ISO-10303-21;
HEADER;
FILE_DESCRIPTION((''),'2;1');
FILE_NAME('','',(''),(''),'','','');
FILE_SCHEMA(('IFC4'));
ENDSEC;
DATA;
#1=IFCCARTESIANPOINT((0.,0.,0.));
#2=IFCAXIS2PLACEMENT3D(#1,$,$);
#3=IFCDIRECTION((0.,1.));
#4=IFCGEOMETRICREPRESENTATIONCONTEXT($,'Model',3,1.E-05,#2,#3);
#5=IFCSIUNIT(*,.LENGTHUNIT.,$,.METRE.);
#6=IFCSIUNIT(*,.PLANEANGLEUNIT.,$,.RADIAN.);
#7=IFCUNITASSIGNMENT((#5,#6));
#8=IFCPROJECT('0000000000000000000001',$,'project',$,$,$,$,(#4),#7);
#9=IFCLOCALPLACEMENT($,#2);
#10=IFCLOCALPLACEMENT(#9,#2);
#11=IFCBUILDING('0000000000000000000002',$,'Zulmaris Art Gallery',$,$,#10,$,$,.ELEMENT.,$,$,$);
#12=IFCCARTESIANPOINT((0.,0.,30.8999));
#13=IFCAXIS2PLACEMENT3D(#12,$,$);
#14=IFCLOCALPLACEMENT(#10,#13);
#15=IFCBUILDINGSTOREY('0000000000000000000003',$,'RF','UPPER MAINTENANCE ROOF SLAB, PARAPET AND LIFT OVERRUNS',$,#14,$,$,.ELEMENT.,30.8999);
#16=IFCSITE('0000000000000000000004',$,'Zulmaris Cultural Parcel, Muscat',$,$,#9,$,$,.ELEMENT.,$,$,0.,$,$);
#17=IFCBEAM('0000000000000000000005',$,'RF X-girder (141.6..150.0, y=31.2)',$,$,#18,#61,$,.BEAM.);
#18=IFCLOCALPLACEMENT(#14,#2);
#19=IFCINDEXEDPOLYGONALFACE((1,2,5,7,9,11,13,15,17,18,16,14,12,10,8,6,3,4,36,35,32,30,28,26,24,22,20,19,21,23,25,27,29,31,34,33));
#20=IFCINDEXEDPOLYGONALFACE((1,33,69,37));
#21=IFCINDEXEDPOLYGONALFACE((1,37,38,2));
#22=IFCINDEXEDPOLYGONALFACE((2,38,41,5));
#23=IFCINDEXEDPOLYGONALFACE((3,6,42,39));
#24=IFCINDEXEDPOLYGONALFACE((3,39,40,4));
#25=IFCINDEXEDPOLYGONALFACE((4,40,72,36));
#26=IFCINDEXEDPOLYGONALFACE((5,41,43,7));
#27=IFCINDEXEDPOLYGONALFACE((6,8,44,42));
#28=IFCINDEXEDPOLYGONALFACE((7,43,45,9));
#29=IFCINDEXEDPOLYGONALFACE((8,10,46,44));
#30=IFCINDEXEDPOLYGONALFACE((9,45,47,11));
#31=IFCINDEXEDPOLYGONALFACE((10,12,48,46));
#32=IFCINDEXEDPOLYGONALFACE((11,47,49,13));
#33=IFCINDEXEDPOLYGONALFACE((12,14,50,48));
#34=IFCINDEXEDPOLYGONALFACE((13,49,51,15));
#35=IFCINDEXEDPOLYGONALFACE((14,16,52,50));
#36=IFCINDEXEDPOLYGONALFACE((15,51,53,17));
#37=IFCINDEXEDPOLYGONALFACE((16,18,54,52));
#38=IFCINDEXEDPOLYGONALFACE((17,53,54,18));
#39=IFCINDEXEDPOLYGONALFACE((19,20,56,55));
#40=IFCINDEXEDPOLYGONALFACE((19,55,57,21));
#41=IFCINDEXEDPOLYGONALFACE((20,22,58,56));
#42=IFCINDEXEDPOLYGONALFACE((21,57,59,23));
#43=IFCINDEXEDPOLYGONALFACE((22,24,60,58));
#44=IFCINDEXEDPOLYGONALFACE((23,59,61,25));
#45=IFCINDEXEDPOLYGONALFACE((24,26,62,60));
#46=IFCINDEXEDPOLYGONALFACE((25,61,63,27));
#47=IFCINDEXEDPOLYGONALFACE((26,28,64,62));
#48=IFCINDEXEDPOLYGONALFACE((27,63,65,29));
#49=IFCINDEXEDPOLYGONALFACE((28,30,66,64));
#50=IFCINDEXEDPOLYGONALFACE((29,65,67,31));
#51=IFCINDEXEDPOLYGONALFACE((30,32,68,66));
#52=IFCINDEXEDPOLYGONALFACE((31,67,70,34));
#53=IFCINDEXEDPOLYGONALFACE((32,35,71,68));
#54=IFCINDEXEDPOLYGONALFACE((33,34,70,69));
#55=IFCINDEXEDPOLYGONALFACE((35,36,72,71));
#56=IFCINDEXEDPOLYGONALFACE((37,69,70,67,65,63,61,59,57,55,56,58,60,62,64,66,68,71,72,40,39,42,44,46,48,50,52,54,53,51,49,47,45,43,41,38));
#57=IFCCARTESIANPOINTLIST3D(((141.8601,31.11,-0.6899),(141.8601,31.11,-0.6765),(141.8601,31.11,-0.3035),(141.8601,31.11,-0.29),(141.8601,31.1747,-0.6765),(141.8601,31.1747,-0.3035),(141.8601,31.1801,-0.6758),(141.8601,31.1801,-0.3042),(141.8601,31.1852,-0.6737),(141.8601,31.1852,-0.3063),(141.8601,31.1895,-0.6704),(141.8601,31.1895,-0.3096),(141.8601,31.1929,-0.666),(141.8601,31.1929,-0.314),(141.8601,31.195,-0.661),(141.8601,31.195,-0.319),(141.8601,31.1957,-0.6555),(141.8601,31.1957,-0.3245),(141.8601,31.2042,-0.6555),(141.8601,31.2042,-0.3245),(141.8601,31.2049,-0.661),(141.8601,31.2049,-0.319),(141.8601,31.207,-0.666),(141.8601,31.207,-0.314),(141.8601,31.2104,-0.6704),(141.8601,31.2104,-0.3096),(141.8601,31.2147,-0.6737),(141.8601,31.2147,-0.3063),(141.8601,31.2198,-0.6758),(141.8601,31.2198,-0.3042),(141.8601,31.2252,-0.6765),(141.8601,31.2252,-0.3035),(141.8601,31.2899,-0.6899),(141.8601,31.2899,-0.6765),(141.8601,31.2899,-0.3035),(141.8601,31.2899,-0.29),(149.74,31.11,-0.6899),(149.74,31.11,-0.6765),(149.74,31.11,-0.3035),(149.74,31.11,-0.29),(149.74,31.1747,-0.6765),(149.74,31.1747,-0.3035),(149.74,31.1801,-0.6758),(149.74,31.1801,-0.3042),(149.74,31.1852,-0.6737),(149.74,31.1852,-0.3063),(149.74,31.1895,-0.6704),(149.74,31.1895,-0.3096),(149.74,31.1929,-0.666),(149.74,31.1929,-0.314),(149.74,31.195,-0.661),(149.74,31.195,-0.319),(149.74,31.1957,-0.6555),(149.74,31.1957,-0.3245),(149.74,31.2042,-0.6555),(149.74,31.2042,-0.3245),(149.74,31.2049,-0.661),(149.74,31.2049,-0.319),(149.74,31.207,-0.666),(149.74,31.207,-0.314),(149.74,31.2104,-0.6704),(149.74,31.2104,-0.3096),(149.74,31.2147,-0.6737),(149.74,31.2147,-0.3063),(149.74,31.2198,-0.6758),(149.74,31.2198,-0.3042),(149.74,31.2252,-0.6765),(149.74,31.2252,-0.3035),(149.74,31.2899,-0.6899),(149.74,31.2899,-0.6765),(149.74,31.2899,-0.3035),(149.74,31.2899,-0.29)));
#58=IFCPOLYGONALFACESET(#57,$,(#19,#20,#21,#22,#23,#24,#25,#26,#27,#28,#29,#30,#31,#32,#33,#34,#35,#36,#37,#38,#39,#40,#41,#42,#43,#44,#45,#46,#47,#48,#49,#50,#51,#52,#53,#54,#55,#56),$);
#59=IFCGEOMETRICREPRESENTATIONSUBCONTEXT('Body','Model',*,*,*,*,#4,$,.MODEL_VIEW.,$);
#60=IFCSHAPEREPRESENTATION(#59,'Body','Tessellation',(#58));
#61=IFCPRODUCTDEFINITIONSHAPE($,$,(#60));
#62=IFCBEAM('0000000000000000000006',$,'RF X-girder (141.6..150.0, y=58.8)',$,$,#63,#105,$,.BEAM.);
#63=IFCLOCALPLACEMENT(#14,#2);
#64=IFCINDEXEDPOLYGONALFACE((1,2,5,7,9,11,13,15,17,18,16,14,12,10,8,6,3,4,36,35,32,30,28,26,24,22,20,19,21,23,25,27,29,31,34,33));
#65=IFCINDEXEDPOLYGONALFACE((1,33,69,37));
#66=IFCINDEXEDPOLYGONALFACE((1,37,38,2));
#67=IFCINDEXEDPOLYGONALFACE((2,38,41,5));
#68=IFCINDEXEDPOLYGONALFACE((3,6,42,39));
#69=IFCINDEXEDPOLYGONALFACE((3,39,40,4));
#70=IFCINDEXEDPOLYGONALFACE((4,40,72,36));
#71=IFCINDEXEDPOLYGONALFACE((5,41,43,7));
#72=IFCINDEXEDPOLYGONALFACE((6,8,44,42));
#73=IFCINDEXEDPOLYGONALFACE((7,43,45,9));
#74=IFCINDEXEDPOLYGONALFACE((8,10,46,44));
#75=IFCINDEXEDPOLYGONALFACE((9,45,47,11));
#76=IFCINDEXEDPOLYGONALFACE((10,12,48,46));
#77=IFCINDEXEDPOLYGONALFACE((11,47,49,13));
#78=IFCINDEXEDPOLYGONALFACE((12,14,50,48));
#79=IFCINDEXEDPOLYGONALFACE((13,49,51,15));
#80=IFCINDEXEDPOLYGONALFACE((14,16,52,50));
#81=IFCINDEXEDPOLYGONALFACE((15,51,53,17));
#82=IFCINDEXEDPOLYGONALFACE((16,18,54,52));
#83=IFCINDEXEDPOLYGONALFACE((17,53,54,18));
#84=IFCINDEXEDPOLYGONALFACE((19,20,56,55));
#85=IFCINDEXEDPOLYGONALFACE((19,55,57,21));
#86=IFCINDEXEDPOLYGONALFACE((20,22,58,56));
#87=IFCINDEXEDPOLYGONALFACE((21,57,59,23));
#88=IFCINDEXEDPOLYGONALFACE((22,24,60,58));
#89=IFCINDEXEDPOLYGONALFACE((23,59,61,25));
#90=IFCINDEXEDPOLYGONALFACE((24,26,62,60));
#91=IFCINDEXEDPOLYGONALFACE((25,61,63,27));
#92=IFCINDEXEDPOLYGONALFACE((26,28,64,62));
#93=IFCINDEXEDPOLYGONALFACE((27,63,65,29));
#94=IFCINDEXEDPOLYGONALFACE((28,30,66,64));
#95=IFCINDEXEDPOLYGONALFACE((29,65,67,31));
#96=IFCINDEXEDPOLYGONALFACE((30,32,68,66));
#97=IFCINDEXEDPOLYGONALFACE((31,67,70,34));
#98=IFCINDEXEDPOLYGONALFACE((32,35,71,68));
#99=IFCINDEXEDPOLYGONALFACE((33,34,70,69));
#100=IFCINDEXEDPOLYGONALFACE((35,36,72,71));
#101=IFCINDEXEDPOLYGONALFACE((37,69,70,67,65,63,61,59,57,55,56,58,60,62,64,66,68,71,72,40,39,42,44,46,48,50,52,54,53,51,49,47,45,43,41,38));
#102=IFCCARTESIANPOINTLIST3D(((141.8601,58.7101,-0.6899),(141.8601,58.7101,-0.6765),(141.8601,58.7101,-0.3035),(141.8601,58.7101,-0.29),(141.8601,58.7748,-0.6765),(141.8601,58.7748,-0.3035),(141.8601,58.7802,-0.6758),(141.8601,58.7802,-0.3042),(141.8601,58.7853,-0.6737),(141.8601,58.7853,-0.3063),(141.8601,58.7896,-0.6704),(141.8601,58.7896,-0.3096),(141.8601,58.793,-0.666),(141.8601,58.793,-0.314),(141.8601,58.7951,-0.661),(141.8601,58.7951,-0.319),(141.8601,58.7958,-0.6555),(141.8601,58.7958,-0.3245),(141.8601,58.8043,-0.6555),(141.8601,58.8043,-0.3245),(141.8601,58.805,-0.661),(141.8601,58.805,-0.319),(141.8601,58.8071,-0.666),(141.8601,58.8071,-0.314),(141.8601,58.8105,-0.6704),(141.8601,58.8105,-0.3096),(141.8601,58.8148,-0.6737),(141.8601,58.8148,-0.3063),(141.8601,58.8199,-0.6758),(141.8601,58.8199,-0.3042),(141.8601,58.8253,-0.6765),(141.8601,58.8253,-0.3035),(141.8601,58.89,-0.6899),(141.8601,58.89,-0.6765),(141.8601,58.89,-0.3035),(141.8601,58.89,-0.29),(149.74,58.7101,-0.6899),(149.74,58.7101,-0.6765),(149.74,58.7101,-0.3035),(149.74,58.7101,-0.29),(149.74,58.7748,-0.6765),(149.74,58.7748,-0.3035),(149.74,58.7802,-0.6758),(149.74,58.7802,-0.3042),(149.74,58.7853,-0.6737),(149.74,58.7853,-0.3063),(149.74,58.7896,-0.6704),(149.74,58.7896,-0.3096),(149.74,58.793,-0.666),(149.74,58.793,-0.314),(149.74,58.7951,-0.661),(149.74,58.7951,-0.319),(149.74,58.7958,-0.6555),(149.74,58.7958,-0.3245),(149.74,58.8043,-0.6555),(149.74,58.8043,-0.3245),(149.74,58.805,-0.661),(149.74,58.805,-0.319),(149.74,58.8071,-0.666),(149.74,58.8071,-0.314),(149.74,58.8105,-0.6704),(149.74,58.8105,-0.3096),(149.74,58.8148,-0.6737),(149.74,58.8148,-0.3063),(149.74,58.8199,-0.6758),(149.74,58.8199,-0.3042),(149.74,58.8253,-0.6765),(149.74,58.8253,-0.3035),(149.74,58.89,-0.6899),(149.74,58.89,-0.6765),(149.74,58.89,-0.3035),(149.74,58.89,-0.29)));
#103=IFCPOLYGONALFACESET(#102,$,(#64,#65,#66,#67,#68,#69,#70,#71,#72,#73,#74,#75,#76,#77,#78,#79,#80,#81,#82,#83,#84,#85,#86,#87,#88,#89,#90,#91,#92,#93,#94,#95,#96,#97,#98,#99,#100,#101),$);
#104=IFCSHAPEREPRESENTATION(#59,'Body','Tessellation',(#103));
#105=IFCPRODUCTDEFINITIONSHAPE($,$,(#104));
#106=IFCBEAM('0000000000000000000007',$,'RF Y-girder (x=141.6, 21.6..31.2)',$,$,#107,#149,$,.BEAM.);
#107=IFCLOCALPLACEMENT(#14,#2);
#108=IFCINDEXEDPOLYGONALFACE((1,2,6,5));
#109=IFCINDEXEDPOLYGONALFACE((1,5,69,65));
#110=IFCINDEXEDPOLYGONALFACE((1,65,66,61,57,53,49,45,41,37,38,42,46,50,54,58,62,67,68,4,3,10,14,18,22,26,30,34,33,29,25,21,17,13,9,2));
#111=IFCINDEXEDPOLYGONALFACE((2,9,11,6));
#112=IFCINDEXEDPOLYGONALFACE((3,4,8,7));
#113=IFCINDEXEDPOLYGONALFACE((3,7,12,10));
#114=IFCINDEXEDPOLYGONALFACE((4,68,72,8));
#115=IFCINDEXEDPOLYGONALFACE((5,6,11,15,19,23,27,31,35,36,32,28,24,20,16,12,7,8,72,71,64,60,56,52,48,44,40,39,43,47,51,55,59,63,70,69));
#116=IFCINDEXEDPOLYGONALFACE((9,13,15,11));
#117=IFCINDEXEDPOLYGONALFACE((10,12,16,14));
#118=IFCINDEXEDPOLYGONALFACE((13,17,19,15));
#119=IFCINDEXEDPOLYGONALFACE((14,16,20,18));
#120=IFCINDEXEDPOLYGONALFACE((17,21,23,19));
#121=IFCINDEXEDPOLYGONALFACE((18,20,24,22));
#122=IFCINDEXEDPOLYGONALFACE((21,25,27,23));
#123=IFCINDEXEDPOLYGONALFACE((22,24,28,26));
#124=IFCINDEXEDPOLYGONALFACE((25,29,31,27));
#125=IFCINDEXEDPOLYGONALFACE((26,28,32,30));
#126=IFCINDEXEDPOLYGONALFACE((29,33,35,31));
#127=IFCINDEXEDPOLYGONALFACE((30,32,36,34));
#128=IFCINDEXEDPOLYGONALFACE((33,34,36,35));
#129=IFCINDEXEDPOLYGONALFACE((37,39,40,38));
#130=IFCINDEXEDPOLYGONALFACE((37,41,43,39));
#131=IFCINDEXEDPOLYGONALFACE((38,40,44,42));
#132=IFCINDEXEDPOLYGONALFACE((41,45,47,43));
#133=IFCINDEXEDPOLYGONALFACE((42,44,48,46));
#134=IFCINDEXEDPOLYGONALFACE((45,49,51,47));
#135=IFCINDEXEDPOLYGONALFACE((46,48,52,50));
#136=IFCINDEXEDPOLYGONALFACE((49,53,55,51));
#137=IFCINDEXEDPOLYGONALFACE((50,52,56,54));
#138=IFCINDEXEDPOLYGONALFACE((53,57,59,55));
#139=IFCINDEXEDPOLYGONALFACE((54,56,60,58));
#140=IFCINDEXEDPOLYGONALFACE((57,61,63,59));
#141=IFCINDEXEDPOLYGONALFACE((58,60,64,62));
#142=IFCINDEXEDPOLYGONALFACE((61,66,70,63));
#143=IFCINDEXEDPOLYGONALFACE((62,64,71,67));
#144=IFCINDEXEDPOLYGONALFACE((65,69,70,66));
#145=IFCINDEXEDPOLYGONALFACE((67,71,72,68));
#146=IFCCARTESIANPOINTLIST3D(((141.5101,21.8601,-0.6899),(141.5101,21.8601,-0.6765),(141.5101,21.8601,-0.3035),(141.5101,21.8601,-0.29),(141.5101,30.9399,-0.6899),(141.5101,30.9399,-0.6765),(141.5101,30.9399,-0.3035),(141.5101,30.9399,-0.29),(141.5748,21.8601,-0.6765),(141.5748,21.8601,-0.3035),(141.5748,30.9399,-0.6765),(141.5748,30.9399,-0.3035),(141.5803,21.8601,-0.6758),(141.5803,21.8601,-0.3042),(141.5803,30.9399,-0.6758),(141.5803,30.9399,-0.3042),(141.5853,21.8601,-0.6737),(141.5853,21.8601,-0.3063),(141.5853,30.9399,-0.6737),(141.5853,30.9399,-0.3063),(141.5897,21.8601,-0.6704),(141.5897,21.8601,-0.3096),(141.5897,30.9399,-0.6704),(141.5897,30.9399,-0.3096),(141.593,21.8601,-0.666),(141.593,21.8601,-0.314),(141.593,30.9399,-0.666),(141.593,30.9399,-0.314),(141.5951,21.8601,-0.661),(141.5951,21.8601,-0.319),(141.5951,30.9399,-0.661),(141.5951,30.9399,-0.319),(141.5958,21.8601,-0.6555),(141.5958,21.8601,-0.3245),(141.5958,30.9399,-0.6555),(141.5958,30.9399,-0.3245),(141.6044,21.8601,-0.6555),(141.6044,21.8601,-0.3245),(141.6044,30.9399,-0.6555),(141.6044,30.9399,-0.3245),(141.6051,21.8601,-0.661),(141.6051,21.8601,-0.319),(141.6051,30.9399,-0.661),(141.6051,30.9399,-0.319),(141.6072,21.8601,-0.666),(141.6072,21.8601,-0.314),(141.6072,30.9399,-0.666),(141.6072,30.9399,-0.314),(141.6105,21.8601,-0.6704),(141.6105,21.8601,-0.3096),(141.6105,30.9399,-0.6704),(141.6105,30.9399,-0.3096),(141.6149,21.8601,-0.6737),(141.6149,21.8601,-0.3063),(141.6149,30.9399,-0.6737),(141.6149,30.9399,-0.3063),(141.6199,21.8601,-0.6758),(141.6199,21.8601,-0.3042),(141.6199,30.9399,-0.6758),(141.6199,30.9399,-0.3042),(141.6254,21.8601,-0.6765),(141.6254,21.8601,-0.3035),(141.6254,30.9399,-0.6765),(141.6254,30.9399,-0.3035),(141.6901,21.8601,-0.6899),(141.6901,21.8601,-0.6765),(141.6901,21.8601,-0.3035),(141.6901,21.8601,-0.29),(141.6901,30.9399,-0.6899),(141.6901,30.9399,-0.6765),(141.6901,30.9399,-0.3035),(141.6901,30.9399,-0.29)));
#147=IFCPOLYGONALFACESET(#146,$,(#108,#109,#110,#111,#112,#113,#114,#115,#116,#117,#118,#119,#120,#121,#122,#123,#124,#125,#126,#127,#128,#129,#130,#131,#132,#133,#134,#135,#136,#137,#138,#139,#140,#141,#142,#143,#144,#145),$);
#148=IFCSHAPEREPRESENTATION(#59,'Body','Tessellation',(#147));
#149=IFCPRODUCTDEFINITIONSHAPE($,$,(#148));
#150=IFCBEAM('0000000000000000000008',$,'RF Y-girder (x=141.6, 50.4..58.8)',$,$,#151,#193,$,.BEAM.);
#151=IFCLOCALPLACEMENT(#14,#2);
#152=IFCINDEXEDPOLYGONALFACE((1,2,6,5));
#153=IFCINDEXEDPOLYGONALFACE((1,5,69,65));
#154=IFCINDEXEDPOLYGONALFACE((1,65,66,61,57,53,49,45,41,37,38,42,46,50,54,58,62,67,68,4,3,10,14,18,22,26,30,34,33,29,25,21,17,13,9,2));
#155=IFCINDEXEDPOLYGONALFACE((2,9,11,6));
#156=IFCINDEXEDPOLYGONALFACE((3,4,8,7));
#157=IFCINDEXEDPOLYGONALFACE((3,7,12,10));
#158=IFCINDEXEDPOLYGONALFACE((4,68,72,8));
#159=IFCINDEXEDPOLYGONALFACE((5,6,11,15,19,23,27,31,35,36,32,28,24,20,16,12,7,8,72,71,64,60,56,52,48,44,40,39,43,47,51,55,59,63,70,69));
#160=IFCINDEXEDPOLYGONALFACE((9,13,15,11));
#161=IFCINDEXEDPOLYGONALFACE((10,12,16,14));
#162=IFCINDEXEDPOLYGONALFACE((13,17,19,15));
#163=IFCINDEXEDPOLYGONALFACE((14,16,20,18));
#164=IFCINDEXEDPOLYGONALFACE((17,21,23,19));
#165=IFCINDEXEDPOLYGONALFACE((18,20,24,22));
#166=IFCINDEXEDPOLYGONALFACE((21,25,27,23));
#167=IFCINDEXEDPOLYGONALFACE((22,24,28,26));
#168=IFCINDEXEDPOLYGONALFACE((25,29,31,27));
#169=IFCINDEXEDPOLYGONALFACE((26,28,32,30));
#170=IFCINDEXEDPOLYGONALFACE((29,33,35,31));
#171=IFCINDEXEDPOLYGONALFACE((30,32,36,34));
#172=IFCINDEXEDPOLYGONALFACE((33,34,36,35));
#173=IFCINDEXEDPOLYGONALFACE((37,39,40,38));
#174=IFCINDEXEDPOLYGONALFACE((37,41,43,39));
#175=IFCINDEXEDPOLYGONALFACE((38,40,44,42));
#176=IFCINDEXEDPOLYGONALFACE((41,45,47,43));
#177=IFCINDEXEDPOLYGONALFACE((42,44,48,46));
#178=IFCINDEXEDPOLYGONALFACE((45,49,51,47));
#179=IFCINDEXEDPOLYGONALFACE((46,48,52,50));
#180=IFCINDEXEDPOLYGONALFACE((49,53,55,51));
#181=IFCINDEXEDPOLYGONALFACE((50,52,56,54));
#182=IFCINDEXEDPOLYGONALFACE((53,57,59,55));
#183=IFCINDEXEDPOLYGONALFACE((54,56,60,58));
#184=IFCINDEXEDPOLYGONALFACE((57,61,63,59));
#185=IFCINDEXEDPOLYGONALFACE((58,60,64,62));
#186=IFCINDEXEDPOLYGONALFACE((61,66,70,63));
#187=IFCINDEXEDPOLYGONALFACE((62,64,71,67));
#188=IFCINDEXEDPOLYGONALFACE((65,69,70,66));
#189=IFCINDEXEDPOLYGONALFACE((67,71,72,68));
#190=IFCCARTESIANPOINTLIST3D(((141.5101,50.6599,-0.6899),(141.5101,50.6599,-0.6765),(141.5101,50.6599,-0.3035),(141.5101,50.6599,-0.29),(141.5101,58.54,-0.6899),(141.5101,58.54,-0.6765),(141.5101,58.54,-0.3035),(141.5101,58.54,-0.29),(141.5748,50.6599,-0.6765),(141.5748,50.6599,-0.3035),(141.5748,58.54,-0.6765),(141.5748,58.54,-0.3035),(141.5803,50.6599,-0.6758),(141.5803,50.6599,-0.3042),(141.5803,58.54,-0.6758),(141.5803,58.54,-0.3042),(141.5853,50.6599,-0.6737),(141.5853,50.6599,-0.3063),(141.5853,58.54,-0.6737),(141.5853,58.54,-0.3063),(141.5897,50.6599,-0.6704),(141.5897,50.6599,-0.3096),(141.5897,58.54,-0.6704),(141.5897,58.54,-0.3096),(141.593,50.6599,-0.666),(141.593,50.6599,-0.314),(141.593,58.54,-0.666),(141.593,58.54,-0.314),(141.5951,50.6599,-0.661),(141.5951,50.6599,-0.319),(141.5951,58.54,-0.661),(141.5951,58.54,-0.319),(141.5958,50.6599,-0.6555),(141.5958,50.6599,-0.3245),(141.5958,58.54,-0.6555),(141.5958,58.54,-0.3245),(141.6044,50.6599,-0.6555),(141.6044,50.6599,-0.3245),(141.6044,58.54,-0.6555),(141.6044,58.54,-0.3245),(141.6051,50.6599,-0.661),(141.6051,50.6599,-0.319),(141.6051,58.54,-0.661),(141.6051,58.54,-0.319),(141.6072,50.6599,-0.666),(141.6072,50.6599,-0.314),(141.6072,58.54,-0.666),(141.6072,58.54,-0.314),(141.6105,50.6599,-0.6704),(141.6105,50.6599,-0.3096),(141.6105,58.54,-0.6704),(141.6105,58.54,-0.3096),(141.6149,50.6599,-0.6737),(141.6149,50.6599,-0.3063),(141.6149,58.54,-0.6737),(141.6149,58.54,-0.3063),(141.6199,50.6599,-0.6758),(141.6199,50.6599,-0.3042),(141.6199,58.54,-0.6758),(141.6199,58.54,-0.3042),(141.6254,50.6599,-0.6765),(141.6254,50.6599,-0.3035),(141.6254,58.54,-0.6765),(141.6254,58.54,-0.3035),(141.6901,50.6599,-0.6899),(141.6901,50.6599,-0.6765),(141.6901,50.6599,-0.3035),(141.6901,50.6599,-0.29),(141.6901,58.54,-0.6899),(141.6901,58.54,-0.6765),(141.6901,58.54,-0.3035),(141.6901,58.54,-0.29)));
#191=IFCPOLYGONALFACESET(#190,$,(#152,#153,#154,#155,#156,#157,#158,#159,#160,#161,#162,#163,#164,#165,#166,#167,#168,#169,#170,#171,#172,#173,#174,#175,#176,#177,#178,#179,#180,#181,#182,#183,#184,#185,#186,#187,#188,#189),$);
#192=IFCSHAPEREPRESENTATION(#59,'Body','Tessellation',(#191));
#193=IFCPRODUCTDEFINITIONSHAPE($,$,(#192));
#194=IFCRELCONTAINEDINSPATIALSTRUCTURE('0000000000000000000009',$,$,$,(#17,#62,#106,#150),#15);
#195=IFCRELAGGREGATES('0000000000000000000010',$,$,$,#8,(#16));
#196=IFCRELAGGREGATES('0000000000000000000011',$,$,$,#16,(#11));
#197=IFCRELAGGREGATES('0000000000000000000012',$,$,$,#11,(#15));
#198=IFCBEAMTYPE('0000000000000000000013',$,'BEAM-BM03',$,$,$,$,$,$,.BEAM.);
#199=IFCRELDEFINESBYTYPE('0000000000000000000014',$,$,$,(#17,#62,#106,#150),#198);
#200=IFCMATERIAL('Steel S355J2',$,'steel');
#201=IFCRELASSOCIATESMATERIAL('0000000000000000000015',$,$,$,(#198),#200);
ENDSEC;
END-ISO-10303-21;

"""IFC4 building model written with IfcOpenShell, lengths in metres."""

from ifc_helpers import new_model, si_unit, direction, frame, origin, origin_2d, place, context, subcontext, project, spatial, i_section, extrude, material, material_profile, profile_set, type_object, element, save


model = new_model("IFC4")

# Units and contexts
model_context = context("Model", 3, precision=1e-05, world=origin(), true_north=direction((0.0, 1.0)))
body_context = subcontext(model_context, "Body", "Model", "MODEL_VIEW")
ifc_project = project(units=[si_unit("LENGTHUNIT", "METRE"), si_unit("PLANEANGLEUNIT", "RADIAN")], contexts=[model_context])

# Site, building, storey
site_placement = place(None, origin())
site = spatial("IfcSite", under=ifc_project, at=site_placement, Name="Zulmaris Cultural Parcel, Muscat", CompositionType="ELEMENT", RefElevation=0.0)
building_placement = place(site_placement, origin())
building = spatial("IfcBuilding", under=site, at=building_placement, Name="Zulmaris Art Gallery", CompositionType="ELEMENT")
storey_placement = place(building_placement, frame((0.0, 0.0, 30.8999)))
storey = spatial("IfcBuildingStorey", under=building, at=storey_placement, Name="RF", Description="UPPER MAINTENANCE ROOF SLAB, PARAPET AND LIFT OVERRUNS", CompositionType="ELEMENT", Elevation=30.8999)

# Beams
ifc_material_1 = material(Name="Steel S355J2", Category="steel")
ifc_material_profile_1 = material_profile(ifc_material_1, i_section(OverallWidth=0.1799, OverallDepth=0.3999, WebThickness=0.0085, FlangeThickness=0.0134, FilletRadius=0.021, at=origin_2d()), Name="IPE 400")
ifc_profile_set_1 = profile_set([ifc_material_profile_1], Name="Steel S355J2")
beam_type_1 = type_object("IfcBeamType", Name="BEAM-BM03", PredefinedType="BEAM", material=ifc_profile_set_1)
for number, where, z_axis, x_axis, name in (
    (1, (141.8601, 31.2, -0.49), (1.0, 0.0, 0.0), (0.0, 1.0, 0.0), "RF X-girder (141.6..150.0, y=31.2)"),
    (2, (141.8601, 58.8, -0.49), (1.0, 0.0, 0.0), (0.0, 1.0, 0.0), "RF X-girder (141.6..150.0, y=58.8)"),
):
    element("IfcBeam", number, at=place(storey_placement, frame(where, z_axis=z_axis, x_axis=x_axis)), inside=storey, type_object=beam_type_1, Name=name, PredefinedType="BEAM", context=body_context, shape_type="SweptSolid", body=[
        extrude(i_section(OverallWidth=0.1799, OverallDepth=0.3999, WebThickness=0.0085, FlangeThickness=0.0134, FilletRadius=0.021, at=origin_2d()), origin(), (0.0, 0.0, 1.0), 7.8799),
    ])
beam_1_placement = place(storey_placement, frame((141.6001, 21.8601, -0.49), z_axis=(0.0, 1.0, 0.0), x_axis=(-1.0, 0.0, 0.0)))
element("IfcBeam", 3, at=beam_1_placement, inside=storey, type_object=beam_type_1, Name="RF Y-girder (x=141.6, 21.6..31.2)", PredefinedType="BEAM", context=body_context, shape_type="SweptSolid", body=[
    extrude(i_section(OverallWidth=0.1799, OverallDepth=0.3999, WebThickness=0.0085, FlangeThickness=0.0134, FilletRadius=0.021, at=origin_2d()), origin(), (0.0, 0.0, 1.0), 9.0798),
])
beam_2_placement = place(storey_placement, frame((141.6001, 50.6599, -0.49), z_axis=(0.0, 1.0, 0.0), x_axis=(-1.0, 0.0, 0.0)))
element("IfcBeam", 4, at=beam_2_placement, inside=storey, type_object=beam_type_1, Name="RF Y-girder (x=141.6, 50.4..58.8)", PredefinedType="BEAM", context=body_context, shape_type="SweptSolid", body=[
    extrude(i_section(OverallWidth=0.1799, OverallDepth=0.3999, WebThickness=0.0085, FlangeThickness=0.0134, FilletRadius=0.021, at=origin_2d()), origin(), (0.0, 0.0, 1.0), 7.8801),
])

save(model, "model.ifc")
